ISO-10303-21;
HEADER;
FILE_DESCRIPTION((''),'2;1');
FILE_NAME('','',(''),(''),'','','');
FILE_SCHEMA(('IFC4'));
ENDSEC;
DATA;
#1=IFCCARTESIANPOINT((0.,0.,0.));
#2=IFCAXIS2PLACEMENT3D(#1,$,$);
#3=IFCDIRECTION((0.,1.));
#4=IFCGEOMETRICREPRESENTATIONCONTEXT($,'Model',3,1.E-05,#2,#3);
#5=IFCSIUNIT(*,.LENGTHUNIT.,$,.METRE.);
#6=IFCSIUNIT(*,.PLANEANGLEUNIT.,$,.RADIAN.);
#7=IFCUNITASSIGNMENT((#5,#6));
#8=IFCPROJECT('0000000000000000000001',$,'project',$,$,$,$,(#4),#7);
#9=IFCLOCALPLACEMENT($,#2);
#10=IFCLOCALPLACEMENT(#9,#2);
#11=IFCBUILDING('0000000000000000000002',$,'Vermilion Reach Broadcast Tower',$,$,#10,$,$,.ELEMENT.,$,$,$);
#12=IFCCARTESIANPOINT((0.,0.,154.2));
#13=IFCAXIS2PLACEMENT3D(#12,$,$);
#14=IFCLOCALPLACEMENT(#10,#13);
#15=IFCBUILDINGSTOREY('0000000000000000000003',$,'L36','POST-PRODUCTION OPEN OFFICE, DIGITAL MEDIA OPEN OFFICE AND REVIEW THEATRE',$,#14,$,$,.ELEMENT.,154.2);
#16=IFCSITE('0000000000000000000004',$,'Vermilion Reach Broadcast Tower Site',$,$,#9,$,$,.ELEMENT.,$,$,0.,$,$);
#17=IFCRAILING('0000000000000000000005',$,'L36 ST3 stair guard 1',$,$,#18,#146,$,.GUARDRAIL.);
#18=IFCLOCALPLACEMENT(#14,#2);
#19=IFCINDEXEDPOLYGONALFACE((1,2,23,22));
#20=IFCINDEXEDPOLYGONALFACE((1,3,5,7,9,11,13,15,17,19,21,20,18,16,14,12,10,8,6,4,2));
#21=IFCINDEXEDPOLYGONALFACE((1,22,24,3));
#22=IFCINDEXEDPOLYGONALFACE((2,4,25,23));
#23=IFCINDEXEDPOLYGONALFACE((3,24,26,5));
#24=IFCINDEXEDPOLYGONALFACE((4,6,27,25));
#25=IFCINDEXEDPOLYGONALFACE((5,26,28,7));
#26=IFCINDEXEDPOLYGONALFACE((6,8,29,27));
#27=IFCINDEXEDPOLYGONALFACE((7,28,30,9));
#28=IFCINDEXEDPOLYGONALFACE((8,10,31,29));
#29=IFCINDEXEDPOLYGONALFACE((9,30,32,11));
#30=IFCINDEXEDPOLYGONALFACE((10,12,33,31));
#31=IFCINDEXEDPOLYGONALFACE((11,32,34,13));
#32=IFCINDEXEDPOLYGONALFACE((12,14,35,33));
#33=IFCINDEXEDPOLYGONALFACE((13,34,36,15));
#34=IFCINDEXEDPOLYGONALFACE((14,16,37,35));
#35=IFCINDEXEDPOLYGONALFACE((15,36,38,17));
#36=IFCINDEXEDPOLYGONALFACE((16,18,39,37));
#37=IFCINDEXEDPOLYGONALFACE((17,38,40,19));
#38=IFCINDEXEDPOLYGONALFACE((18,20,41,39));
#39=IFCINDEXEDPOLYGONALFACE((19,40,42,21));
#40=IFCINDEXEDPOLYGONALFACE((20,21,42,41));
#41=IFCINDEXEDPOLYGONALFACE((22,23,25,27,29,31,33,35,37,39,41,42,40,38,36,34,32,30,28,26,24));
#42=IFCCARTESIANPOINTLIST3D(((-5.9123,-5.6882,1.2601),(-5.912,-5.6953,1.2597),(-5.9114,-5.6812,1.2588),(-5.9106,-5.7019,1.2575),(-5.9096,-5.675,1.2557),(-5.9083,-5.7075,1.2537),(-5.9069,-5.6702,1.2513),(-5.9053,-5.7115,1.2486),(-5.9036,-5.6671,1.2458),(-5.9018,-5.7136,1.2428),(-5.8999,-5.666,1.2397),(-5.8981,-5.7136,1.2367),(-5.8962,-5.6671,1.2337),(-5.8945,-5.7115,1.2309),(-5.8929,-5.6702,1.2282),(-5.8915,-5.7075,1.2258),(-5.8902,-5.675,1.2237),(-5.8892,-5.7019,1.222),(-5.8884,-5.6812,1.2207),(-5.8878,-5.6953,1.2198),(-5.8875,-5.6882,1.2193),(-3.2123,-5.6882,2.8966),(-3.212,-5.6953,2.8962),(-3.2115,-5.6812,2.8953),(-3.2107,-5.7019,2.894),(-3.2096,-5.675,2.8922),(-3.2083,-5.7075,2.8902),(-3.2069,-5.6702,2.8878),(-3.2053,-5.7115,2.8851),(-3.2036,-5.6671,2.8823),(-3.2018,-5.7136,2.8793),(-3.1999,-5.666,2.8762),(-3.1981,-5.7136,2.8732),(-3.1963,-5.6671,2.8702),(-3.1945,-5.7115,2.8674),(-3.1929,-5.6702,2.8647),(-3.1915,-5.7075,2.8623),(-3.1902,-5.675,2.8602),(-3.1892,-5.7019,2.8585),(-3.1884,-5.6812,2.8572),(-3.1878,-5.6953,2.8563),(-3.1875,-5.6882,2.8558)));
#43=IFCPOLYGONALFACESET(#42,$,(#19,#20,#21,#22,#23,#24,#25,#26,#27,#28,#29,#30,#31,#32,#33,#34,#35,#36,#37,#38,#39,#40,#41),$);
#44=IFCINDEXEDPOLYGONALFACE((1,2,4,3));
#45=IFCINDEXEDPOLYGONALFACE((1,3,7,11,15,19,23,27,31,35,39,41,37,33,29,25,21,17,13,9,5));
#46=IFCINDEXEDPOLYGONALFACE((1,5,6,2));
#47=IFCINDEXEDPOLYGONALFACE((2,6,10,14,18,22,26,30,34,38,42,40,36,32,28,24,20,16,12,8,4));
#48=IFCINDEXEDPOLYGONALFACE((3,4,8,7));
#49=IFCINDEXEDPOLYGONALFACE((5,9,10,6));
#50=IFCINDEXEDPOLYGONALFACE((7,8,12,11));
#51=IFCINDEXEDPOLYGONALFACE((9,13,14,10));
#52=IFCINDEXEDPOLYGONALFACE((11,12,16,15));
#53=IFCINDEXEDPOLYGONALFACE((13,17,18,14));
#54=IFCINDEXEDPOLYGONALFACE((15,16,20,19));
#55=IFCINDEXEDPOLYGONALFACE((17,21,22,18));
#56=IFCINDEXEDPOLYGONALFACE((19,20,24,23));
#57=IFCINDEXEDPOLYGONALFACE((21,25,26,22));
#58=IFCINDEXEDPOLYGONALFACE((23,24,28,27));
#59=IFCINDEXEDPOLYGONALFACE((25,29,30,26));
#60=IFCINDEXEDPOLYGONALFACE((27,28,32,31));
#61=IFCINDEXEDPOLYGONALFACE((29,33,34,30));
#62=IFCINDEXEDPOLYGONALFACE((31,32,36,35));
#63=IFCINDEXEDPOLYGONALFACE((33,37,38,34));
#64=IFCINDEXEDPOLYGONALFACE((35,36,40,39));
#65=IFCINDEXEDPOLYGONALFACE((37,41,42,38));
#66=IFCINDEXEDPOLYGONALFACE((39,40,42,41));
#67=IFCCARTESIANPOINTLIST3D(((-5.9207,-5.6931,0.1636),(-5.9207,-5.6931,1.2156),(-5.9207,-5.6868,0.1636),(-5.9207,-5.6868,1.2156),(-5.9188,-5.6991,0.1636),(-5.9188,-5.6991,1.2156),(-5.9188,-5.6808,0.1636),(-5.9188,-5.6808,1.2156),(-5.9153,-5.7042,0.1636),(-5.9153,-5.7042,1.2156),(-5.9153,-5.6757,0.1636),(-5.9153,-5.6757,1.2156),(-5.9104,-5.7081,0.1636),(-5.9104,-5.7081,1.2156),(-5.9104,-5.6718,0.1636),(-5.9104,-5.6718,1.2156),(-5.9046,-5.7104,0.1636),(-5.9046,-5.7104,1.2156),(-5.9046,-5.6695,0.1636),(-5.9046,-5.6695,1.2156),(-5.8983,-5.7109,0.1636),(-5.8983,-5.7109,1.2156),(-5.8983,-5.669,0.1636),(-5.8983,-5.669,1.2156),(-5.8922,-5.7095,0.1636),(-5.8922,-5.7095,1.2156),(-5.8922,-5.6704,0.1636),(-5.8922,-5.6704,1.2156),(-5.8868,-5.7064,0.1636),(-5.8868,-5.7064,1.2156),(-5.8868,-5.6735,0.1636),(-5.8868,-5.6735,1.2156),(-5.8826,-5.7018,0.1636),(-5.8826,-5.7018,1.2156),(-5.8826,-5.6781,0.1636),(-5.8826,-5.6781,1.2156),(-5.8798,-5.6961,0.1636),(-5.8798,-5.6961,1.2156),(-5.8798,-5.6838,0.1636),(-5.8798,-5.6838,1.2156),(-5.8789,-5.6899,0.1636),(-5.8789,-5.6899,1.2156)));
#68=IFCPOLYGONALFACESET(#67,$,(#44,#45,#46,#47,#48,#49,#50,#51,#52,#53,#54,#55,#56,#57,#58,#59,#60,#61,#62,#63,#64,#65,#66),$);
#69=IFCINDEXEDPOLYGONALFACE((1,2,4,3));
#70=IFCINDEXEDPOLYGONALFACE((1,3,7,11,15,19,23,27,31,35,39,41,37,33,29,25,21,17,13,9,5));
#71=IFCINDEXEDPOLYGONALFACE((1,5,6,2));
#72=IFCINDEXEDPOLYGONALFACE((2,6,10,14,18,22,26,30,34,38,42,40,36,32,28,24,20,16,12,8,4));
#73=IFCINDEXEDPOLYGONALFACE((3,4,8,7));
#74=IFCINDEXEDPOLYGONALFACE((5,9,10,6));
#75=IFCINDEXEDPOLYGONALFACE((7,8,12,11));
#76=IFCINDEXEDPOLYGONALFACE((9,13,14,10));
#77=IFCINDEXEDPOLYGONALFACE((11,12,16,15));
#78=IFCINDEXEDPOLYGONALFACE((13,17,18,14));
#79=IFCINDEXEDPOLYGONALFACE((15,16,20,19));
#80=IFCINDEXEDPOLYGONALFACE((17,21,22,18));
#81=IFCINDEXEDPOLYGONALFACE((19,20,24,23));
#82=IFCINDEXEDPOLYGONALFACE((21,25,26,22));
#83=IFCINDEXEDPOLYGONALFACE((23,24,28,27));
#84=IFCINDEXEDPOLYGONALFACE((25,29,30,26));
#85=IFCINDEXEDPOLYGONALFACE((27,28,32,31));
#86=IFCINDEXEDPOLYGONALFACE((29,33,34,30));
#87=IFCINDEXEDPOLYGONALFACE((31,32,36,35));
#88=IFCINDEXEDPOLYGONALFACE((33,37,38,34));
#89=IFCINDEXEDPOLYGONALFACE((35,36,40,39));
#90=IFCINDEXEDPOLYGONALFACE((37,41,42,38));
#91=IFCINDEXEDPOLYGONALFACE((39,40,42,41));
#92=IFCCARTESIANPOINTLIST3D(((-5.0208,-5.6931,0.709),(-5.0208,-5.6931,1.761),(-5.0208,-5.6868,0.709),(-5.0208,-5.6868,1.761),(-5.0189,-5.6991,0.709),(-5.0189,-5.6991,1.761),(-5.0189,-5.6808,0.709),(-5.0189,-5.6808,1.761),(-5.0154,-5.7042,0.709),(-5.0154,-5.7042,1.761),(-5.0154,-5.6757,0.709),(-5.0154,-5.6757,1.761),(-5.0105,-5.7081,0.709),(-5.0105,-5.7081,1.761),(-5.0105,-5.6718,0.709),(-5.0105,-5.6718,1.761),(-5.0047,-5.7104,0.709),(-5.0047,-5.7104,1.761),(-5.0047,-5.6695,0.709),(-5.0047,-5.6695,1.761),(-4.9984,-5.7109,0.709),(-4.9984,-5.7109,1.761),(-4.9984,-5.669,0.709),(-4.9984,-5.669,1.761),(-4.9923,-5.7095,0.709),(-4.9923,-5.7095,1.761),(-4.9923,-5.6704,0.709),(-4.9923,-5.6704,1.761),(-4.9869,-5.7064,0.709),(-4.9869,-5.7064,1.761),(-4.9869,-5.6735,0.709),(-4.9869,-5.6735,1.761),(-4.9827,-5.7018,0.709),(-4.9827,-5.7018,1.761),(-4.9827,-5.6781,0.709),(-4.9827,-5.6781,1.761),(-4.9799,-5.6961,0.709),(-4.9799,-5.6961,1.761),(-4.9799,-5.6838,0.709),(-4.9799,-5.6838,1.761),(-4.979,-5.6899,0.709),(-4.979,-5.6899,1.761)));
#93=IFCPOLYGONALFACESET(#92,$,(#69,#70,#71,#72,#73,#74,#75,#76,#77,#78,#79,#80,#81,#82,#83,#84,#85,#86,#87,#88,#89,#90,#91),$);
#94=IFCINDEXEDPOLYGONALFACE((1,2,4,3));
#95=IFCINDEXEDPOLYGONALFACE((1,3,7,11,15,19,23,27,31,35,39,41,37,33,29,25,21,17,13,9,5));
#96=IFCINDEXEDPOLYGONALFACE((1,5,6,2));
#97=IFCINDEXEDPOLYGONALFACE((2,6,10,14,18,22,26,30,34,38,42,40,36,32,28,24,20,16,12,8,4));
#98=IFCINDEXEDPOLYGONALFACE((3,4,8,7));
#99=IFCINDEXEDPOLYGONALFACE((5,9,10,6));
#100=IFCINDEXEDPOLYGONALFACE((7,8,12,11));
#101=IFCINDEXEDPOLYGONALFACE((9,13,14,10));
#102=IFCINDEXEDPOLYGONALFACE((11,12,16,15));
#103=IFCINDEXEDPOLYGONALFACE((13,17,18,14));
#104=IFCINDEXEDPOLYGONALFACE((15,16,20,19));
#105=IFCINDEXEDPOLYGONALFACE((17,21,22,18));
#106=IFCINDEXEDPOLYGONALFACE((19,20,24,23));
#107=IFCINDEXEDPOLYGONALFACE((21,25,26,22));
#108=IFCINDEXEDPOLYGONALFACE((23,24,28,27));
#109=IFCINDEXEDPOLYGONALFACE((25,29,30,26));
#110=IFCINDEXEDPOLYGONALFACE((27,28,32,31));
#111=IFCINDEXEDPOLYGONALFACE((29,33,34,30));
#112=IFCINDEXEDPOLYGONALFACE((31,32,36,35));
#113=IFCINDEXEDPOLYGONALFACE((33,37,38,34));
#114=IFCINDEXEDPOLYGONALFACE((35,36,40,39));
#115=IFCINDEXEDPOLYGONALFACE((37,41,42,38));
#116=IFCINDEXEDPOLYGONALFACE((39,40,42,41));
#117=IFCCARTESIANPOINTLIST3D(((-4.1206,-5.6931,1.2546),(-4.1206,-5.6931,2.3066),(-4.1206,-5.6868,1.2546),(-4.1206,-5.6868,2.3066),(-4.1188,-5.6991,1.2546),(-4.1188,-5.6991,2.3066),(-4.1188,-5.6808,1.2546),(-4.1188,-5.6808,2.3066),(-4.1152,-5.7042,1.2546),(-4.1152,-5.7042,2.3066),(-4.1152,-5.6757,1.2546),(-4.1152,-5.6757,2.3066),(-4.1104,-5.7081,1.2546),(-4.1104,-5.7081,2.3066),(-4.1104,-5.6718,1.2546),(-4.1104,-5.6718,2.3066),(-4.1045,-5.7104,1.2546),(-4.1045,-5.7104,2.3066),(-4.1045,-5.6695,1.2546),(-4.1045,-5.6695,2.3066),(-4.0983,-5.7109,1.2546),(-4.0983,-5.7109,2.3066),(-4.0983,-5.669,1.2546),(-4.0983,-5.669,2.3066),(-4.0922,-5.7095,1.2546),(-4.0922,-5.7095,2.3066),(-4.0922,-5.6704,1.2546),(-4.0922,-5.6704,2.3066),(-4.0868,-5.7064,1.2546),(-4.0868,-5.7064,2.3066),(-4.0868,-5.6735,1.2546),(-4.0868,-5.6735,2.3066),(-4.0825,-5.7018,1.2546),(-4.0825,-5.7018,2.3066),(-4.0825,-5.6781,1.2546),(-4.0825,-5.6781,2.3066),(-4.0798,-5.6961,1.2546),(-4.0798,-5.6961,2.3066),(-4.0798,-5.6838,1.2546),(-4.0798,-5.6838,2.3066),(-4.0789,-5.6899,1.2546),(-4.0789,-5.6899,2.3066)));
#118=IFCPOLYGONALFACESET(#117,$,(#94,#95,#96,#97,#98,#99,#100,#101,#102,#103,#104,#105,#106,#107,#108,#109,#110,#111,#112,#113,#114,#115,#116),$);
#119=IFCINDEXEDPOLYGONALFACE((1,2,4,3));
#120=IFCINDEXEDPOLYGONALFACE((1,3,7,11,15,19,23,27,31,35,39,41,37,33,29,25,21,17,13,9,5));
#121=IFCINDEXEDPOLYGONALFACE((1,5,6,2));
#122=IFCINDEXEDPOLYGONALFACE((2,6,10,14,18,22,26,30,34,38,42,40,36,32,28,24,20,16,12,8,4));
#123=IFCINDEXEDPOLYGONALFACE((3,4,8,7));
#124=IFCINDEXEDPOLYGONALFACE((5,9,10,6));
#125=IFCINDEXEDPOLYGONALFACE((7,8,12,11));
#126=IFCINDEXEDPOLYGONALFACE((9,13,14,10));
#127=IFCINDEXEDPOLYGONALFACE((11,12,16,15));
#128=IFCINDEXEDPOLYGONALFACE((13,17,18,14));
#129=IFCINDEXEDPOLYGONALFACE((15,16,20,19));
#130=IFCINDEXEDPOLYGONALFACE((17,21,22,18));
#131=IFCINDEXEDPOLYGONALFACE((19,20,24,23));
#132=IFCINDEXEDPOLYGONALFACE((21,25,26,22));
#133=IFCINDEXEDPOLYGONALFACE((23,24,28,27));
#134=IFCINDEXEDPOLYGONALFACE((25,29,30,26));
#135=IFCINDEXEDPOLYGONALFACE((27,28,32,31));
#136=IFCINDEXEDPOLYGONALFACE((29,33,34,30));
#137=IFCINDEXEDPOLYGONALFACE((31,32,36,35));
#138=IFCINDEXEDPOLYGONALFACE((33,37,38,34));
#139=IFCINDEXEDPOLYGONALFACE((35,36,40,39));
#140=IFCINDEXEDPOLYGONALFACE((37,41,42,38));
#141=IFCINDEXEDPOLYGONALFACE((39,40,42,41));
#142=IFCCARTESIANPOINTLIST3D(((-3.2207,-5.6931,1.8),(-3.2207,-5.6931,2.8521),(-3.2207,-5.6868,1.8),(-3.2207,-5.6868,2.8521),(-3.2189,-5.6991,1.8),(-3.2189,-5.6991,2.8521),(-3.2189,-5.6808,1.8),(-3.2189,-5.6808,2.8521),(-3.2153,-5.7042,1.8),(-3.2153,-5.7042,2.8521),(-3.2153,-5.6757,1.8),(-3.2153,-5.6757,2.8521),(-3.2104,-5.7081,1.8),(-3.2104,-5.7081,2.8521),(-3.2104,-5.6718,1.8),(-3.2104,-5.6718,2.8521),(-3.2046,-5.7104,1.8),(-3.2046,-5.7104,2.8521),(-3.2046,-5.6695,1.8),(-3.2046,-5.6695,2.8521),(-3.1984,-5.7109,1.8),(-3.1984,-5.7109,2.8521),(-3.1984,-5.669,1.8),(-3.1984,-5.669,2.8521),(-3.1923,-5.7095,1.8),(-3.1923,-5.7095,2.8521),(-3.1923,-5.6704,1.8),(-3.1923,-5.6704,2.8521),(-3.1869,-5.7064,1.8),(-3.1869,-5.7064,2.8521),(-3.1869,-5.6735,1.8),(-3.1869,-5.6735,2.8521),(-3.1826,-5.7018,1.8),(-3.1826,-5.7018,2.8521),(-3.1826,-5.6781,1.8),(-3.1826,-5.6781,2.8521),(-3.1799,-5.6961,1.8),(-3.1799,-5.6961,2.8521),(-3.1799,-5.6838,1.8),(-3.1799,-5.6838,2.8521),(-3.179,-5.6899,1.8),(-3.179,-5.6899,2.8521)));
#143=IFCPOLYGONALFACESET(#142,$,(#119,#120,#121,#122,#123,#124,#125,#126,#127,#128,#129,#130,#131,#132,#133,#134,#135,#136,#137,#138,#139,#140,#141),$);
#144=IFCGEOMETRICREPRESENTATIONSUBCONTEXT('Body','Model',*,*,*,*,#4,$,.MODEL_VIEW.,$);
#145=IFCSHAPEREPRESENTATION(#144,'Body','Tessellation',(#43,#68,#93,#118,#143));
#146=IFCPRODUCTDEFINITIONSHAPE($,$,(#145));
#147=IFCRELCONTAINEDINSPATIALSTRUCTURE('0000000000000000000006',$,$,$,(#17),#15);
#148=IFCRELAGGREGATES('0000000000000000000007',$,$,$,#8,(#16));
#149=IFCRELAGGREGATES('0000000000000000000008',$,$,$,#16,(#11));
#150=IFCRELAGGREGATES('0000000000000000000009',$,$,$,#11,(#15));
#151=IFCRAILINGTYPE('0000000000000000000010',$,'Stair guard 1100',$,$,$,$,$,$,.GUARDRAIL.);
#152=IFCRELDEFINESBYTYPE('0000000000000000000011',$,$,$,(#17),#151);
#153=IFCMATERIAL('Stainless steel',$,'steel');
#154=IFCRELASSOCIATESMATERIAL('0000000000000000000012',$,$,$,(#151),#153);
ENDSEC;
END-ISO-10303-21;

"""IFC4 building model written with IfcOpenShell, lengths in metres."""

from ifc_helpers import new_model, si_unit, direction, frame, origin, origin_2d, place, context, subcontext, project, spatial, circle, extrude, material, type_object, element, save


model = new_model("IFC4")

# Units and contexts
model_context = context("Model", 3, precision=1e-05, world=origin(), true_north=direction((0.0, 1.0)))
body_context = subcontext(model_context, "Body", "Model", "MODEL_VIEW")
ifc_project = project(units=[si_unit("LENGTHUNIT", "METRE"), si_unit("PLANEANGLEUNIT", "RADIAN")], contexts=[model_context])

# Site, building, storey
site_placement = place(None, origin())
site = spatial("IfcSite", under=ifc_project, at=site_placement, Name="Vermilion Reach Broadcast Tower Site", CompositionType="ELEMENT", RefElevation=0.0)
building_placement = place(site_placement, origin())
building = spatial("IfcBuilding", under=site, at=building_placement, Name="Vermilion Reach Broadcast Tower", CompositionType="ELEMENT")
storey_placement = place(building_placement, frame((0.0, 0.0, 154.2)))
storey = spatial("IfcBuildingStorey", under=building, at=storey_placement, Name="L36", Description="POST-PRODUCTION OPEN OFFICE, DIGITAL MEDIA OPEN OFFICE AND REVIEW THEATRE", CompositionType="ELEMENT", Elevation=154.2)

# Railing
ifc_material_1 = material(Name="Stainless steel", Category="steel")
railing_type = type_object("IfcRailingType", Name="Stair guard 1100", PredefinedType="GUARDRAIL", material=ifc_material_1)
railing_1_placement = place(storey_placement, frame((-5.8999, -5.6899, 0.1636)))
element("IfcRailing", 1, at=railing_1_placement, inside=storey, type_object=railing_type, Name="L36 ST3 stair guard 1", PredefinedType="GUARDRAIL", context=body_context, shape_type="SweptSolid", body=[
    extrude(circle(Radius=0.0239, at=origin_2d()), frame((0.0, 0.0, 1.0762), z_axis=(0.855178, 0.0, 0.518334), x_axis=(0.0, 1.0, 0.0)), (0.0, 0.0, 1.0), 3.1572),
    extrude(circle(Radius=0.021, at=origin_2d()), origin(), (0.0, 0.0, 1.0), 1.052),
    extrude(circle(Radius=0.021, at=origin_2d()), frame((0.8999, 0.0, 0.5454)), (0.0, 0.0, 1.0), 1.052),
    extrude(circle(Radius=0.021, at=origin_2d()), frame((1.8, 0.0, 1.0911)), (0.0, 0.0, 1.0), 1.052),
    extrude(circle(Radius=0.021, at=origin_2d()), frame((2.7, 0.0, 1.6365)), (0.0, 0.0, 1.0), 1.052),
])

save(model, "model.ifc")
